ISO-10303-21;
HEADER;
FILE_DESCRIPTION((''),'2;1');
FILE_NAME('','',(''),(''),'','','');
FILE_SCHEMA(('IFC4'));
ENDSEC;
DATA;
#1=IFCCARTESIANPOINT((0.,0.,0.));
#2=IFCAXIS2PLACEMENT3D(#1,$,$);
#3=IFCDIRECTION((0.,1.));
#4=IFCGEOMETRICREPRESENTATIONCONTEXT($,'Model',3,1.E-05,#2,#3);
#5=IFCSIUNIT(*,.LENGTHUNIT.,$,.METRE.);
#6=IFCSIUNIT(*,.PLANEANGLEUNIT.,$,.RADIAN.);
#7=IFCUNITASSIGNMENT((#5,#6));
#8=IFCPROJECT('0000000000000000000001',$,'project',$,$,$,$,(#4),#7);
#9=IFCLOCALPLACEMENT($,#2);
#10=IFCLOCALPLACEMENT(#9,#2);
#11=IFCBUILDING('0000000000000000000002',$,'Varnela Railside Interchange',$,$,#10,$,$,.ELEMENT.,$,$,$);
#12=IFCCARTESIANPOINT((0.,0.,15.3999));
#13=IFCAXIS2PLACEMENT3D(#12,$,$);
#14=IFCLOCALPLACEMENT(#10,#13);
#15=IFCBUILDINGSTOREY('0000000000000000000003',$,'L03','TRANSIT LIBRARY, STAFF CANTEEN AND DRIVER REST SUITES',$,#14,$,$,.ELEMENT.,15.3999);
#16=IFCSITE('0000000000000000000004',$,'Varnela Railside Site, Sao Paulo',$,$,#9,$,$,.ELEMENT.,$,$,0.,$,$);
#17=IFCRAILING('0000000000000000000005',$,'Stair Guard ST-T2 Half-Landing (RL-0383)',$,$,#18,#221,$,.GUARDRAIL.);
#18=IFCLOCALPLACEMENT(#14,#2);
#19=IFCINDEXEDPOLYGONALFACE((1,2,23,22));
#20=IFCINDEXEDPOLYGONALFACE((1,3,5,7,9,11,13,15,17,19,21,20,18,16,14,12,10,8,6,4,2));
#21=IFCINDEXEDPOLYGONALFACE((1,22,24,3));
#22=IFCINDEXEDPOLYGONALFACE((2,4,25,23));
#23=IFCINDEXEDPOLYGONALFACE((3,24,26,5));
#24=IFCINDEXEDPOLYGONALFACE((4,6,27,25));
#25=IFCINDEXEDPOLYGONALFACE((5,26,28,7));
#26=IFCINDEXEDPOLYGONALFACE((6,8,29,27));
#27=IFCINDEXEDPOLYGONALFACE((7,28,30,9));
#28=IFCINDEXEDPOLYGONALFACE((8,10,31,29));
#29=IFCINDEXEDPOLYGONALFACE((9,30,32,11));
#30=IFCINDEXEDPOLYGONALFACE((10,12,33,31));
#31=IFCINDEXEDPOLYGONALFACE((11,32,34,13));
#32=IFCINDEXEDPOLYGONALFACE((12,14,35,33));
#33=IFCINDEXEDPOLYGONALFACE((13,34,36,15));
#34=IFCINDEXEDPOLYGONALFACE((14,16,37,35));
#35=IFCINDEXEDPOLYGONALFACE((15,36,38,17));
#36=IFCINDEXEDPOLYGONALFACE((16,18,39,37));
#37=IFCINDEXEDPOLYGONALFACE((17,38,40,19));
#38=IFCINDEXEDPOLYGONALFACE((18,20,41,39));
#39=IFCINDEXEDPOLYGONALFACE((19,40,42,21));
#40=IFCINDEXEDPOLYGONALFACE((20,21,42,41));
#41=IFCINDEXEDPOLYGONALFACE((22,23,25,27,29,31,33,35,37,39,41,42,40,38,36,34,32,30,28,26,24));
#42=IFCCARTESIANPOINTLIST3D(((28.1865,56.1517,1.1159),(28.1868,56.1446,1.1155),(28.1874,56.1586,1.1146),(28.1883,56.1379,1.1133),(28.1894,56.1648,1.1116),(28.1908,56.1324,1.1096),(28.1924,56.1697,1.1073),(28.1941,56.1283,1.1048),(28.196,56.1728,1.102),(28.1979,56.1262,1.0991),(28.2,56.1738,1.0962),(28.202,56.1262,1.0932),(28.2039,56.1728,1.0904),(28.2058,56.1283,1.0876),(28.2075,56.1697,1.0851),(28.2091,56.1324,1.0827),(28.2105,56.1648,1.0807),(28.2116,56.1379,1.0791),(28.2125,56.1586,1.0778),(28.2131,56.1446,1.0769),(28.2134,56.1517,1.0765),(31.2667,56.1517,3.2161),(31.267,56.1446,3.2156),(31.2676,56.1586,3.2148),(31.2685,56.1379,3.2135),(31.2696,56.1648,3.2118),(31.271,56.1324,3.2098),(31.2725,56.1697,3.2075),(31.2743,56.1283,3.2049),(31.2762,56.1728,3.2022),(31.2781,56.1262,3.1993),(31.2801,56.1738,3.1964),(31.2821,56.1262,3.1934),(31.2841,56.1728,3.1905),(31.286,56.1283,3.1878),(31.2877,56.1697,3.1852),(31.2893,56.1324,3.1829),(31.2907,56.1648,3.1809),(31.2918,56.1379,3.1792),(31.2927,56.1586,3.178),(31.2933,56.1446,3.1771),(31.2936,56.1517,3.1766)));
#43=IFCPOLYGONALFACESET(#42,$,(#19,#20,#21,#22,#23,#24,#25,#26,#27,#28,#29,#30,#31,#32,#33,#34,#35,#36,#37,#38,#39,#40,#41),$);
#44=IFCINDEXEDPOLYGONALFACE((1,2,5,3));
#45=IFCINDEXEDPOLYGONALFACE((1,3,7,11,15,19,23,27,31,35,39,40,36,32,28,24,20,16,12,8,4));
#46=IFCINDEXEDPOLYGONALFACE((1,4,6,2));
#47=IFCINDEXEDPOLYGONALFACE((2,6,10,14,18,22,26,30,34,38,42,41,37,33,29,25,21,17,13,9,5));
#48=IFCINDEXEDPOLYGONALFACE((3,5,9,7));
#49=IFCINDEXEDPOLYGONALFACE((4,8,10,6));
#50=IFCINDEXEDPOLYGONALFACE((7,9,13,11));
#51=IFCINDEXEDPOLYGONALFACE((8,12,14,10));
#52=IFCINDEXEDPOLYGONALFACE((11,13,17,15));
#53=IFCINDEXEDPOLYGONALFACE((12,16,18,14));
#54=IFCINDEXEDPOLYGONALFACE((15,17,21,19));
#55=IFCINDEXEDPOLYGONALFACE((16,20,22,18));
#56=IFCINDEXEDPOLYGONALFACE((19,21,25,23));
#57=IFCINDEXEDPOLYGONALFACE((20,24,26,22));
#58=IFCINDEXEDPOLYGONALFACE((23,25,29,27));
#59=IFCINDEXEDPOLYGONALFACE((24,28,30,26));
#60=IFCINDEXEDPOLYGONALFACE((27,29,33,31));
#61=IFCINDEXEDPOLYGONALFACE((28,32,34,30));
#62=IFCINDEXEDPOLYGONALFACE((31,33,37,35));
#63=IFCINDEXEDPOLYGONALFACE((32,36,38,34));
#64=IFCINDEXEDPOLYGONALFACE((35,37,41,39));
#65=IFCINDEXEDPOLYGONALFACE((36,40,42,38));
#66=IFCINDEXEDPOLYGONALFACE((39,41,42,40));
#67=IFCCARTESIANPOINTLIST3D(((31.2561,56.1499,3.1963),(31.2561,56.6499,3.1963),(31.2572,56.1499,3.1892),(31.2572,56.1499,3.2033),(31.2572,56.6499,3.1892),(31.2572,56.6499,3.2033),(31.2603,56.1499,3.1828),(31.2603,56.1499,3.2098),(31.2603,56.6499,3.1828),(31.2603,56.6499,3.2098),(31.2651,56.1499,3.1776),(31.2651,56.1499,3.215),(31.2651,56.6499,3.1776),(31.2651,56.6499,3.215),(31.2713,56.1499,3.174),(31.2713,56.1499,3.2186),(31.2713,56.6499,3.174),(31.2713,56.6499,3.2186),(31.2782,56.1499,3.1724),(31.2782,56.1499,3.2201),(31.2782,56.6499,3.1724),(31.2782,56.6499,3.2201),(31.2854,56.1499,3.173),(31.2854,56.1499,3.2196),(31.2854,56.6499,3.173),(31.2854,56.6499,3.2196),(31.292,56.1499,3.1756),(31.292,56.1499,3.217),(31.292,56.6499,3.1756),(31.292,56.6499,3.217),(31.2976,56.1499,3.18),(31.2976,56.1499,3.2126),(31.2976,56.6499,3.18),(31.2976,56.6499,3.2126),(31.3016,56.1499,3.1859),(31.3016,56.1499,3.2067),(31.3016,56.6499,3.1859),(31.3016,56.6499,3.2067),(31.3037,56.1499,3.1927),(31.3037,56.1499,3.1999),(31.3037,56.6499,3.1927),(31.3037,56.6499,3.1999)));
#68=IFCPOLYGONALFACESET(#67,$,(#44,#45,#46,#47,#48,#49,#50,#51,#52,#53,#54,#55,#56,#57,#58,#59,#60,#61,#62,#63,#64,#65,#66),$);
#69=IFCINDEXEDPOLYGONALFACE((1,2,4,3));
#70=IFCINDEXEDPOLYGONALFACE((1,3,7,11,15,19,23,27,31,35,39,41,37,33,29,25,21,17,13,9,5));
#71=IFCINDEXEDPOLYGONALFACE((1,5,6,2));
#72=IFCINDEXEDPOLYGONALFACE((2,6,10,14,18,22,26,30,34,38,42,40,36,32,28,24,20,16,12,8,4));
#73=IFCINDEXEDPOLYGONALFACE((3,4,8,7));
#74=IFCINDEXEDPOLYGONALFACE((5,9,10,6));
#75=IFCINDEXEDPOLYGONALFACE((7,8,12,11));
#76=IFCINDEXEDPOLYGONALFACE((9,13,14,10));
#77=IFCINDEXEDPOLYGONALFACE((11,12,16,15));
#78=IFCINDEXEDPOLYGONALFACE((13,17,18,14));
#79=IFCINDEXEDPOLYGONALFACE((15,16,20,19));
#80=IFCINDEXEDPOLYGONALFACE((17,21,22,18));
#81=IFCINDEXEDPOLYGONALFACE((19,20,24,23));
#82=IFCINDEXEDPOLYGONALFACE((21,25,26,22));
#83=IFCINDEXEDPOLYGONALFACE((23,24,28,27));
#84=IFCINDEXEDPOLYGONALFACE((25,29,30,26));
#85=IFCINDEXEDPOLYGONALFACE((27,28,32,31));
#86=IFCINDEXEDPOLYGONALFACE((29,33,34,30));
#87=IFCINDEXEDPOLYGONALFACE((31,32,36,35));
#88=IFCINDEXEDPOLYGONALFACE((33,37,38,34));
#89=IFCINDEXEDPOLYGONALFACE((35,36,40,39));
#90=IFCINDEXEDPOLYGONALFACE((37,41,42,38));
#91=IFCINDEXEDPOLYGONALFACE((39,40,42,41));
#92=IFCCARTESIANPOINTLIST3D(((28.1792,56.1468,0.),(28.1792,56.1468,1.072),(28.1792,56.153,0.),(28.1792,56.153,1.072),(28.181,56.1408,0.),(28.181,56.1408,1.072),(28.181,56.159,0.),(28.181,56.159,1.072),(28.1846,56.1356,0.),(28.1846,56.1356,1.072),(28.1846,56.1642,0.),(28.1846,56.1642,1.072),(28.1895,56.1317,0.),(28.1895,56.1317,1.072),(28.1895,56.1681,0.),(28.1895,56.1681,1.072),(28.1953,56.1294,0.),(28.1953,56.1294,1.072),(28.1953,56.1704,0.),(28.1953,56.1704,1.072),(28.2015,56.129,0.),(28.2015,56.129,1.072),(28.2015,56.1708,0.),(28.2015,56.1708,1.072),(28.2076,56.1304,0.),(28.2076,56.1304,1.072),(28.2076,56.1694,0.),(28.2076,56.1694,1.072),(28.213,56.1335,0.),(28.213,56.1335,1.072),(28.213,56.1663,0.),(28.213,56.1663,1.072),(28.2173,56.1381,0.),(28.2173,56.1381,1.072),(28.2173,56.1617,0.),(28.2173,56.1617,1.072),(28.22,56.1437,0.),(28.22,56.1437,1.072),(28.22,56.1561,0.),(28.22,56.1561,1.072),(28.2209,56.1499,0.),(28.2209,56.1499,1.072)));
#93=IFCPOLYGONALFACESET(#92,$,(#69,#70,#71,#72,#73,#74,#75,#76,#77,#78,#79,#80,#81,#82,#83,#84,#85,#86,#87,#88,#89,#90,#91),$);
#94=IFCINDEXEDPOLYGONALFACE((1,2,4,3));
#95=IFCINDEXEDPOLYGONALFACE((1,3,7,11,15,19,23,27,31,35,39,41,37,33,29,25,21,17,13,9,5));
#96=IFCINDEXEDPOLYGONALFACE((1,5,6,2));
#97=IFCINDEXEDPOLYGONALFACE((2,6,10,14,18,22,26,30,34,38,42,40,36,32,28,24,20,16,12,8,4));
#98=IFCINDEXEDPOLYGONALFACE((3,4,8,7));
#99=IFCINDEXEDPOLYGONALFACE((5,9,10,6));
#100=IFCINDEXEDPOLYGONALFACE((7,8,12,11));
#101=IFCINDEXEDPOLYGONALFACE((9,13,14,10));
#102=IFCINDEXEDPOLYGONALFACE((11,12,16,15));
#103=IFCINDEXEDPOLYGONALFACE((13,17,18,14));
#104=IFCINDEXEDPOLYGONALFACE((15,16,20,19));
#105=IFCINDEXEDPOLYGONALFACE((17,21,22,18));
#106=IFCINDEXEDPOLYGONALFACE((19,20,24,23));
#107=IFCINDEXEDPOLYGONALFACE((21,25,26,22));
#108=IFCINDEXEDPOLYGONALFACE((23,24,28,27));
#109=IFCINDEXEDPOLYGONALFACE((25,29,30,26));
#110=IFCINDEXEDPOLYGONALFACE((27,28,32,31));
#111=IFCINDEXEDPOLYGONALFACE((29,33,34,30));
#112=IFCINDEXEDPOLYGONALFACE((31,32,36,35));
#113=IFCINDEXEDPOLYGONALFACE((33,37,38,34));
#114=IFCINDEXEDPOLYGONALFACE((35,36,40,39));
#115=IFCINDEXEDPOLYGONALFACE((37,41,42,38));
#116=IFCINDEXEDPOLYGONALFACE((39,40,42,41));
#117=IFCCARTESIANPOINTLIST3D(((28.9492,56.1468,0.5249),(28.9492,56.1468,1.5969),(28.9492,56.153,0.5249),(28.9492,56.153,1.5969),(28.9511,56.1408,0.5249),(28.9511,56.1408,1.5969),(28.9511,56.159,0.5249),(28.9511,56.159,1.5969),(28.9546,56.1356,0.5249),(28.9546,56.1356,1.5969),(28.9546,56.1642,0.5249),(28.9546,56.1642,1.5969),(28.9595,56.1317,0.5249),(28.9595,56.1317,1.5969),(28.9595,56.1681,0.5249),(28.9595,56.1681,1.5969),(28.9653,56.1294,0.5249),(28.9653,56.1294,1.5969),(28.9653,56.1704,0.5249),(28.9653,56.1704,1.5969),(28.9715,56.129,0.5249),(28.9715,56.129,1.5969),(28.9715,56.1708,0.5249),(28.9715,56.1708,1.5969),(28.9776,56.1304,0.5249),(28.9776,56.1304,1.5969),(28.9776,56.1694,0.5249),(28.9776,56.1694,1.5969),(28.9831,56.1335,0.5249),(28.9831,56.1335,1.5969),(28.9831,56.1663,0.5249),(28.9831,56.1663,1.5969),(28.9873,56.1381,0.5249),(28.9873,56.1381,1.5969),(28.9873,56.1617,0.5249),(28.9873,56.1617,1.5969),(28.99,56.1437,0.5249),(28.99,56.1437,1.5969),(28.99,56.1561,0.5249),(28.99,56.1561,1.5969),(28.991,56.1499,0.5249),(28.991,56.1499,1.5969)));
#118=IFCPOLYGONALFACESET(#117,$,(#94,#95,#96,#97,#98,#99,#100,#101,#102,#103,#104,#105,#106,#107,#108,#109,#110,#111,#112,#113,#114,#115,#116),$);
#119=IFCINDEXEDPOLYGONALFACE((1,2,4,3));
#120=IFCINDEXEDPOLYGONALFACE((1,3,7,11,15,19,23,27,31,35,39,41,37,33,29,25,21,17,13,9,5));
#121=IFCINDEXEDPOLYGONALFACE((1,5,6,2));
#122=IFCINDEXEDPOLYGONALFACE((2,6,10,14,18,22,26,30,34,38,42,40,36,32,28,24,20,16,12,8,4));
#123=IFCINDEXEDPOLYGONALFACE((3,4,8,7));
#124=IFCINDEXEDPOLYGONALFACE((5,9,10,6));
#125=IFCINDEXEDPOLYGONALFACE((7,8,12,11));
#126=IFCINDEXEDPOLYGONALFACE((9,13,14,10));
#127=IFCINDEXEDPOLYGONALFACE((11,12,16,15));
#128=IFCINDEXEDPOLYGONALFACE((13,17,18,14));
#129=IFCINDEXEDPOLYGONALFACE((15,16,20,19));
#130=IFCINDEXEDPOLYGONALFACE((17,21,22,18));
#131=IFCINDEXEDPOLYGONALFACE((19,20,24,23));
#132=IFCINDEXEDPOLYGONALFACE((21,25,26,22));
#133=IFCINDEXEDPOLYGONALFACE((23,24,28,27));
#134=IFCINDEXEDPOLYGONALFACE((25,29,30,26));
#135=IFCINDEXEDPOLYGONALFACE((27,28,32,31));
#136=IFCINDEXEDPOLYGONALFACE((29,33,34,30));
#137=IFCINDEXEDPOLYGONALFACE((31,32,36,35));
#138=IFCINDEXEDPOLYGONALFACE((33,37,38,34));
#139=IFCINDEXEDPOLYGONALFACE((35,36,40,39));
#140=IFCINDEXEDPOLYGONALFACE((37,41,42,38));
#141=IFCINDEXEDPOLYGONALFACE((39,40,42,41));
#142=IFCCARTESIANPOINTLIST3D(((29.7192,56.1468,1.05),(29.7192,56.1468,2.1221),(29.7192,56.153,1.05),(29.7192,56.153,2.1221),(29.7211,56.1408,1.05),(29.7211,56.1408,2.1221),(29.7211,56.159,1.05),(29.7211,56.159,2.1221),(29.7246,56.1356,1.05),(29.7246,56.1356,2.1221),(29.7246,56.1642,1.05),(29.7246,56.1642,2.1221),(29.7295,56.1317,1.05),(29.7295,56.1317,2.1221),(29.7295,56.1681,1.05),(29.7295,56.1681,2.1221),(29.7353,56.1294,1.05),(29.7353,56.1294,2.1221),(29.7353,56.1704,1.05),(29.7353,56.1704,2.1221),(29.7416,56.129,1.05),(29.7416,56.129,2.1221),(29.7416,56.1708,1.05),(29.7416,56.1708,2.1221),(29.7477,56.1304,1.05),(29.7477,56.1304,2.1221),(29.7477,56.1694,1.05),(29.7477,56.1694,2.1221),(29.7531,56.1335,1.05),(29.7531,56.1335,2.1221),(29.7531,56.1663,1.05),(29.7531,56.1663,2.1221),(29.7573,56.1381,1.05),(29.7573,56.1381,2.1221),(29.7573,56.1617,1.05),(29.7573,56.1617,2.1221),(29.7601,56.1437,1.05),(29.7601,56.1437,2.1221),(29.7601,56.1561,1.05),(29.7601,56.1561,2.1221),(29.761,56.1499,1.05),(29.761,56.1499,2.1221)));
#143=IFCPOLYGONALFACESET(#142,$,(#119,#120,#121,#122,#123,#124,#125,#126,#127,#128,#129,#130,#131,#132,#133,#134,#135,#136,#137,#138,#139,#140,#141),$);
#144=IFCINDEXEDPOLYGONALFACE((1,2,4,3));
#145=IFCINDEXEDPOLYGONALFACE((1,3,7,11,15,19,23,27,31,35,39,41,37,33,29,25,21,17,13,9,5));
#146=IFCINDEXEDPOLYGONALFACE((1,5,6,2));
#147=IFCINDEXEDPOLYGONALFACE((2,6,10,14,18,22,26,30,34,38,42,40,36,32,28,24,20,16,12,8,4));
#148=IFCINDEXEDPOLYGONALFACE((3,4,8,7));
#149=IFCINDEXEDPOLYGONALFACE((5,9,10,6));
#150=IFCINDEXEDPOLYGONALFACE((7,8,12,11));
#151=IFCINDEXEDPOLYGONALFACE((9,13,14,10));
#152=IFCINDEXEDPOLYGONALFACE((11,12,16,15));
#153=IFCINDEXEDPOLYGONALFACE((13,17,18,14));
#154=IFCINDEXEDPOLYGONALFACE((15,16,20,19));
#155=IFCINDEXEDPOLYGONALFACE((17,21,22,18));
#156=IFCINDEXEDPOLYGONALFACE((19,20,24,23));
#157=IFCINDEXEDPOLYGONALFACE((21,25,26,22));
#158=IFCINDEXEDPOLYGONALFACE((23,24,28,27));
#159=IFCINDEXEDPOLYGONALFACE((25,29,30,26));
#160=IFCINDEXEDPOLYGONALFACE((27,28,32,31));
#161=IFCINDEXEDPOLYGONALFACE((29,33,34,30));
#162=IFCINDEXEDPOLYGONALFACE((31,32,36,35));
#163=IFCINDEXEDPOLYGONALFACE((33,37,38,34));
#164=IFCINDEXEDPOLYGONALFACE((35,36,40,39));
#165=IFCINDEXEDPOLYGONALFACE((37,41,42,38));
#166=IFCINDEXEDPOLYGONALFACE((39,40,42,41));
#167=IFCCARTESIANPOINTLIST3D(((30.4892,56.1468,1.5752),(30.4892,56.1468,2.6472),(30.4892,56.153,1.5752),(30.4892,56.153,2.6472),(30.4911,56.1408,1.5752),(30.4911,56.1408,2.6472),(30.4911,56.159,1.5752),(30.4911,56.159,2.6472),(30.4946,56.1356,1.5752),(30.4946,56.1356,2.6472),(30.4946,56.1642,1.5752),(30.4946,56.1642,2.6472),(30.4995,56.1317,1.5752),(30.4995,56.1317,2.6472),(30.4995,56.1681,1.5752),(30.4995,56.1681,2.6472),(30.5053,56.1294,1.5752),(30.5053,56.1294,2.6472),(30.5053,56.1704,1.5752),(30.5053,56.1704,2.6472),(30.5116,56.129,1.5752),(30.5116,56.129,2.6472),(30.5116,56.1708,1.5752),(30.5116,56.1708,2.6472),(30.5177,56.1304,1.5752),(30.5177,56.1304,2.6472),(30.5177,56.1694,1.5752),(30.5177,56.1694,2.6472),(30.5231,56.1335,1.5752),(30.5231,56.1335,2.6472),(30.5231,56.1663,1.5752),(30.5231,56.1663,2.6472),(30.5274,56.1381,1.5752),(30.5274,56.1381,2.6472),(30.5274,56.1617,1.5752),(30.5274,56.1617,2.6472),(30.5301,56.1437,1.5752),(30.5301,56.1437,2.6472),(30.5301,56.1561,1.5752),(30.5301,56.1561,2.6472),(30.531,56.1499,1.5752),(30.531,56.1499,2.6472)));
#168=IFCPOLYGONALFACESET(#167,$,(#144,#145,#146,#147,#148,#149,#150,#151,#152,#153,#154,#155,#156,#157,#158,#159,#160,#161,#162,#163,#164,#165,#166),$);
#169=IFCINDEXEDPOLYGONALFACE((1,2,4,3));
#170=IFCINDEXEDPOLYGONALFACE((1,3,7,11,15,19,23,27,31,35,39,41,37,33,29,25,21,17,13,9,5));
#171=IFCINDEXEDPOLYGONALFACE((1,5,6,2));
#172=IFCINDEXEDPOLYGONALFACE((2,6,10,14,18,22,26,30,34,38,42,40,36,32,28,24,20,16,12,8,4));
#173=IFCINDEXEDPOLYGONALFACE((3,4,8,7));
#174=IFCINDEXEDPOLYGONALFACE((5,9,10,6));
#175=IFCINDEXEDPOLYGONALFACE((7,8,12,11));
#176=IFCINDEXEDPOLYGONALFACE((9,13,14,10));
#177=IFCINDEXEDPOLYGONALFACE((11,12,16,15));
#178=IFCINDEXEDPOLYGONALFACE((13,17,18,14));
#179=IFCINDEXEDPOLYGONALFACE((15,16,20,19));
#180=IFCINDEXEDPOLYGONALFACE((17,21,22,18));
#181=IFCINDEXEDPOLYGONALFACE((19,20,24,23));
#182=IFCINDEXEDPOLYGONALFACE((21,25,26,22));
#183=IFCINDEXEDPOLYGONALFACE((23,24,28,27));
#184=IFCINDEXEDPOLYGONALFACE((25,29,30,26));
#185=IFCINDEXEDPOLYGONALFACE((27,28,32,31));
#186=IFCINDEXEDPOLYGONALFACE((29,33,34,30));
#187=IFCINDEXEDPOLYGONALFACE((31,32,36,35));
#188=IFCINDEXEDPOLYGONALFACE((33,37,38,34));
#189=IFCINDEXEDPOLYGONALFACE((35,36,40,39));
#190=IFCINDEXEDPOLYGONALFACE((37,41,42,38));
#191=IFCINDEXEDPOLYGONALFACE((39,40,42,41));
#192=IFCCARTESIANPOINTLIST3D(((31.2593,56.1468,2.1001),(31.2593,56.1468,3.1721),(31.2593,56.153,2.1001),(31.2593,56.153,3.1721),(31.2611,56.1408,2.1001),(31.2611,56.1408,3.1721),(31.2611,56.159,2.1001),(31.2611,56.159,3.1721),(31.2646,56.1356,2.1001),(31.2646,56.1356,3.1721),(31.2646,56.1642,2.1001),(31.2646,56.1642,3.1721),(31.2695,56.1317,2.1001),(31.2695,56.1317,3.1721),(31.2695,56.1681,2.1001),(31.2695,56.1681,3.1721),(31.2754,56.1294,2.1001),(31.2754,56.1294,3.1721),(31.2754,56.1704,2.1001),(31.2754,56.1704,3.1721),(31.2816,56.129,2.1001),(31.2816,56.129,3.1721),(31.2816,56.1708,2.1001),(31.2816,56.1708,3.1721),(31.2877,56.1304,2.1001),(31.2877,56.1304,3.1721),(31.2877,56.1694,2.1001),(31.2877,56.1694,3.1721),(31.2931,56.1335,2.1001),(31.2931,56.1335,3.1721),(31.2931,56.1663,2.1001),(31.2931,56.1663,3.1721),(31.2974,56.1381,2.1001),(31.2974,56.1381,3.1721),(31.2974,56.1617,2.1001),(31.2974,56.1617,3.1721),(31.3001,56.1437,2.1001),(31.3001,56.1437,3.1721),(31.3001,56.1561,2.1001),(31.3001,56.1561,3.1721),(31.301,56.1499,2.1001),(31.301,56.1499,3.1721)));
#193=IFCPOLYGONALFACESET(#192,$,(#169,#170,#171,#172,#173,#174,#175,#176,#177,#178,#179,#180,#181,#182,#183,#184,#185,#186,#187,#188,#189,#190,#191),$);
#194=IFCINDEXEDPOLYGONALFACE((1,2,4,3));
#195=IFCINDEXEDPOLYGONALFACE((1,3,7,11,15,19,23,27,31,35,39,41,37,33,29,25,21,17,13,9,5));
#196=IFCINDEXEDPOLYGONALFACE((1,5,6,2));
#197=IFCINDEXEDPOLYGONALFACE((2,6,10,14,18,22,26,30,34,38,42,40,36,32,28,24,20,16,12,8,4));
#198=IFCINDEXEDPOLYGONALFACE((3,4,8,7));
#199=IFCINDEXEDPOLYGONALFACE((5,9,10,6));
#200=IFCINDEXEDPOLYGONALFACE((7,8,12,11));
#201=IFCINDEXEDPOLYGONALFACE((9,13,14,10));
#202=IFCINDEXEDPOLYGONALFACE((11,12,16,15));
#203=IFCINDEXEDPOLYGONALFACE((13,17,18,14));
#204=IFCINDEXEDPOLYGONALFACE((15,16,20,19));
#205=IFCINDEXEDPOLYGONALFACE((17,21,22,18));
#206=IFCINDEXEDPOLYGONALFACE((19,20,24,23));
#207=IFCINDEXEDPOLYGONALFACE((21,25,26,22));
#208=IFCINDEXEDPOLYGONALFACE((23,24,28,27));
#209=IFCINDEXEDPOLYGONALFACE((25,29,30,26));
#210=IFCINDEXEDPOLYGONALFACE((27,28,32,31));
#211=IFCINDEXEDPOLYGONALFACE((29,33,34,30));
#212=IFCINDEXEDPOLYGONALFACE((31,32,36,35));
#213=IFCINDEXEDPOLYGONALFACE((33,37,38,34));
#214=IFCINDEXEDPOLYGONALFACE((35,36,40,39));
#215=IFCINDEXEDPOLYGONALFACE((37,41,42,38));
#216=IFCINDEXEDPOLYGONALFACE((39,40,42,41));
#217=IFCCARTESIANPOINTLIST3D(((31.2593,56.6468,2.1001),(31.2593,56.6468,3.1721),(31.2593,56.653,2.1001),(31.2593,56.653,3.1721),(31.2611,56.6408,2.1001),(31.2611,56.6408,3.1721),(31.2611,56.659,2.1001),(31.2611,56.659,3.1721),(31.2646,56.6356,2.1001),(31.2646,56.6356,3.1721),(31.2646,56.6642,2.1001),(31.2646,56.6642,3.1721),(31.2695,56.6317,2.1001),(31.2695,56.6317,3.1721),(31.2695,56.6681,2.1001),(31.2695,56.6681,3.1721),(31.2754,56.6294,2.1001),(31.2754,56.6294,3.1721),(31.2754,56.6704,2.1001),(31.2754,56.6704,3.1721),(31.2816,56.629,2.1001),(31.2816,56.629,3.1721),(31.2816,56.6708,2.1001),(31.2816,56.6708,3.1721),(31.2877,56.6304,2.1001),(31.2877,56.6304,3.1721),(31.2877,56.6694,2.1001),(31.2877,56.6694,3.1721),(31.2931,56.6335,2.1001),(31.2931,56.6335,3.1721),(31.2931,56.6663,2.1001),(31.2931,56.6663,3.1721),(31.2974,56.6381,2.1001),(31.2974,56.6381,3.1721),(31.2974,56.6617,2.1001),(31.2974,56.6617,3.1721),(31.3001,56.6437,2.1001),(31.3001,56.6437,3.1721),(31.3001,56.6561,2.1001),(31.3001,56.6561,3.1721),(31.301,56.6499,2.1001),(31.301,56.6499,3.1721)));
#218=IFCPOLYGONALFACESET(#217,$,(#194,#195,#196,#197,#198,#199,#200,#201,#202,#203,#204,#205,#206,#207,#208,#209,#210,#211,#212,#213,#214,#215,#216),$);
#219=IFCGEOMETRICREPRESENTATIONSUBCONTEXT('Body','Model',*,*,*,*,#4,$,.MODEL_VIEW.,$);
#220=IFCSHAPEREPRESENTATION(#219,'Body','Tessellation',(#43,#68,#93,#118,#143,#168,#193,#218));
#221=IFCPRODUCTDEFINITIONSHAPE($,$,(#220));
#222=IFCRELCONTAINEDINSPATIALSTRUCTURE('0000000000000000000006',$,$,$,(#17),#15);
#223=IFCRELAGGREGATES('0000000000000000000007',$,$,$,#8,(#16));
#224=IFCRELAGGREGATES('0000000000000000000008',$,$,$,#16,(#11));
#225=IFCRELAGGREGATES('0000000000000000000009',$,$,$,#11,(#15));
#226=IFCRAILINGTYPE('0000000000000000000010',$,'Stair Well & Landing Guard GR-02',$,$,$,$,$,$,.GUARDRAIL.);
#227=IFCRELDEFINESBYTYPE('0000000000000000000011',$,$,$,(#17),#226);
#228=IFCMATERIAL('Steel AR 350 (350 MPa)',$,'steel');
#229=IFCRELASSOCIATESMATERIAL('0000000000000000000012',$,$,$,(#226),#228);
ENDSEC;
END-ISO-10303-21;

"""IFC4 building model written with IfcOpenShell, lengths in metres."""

from ifc_helpers import new_model, si_unit, direction, frame, origin, origin_2d, place, context, subcontext, project, spatial, circle, extrude, material, type_object, element, save


model = new_model("IFC4")

# Units and contexts
model_context = context("Model", 3, precision=1e-05, world=origin(), true_north=direction((0.0, 1.0)))
body_context = subcontext(model_context, "Body", "Model", "MODEL_VIEW")
ifc_project = project(units=[si_unit("LENGTHUNIT", "METRE"), si_unit("PLANEANGLEUNIT", "RADIAN")], contexts=[model_context])

# Site, building, storey
site_placement = place(None, origin())
site = spatial("IfcSite", under=ifc_project, at=site_placement, Name="Varnela Railside Site, Sao Paulo", CompositionType="ELEMENT", RefElevation=0.0)
building_placement = place(site_placement, origin())
building = spatial("IfcBuilding", under=site, at=building_placement, Name="Varnela Railside Interchange", CompositionType="ELEMENT")
storey_placement = place(building_placement, frame((0.0, 0.0, 15.3999)))
storey = spatial("IfcBuildingStorey", under=building, at=storey_placement, Name="L03", Description="TRANSIT LIBRARY, STAFF CANTEEN AND DRIVER REST SUITES", CompositionType="ELEMENT", Elevation=15.3999)

# Shared definitions
ifc_material_1 = material(Name="Steel AR 350 (350 MPa)", Category="steel")

# Railing
railing_type_1 = type_object("IfcRailingType", Name="Stair Well & Landing Guard GR-02", PredefinedType="GUARDRAIL", material=ifc_material_1)
railing_1_placement = place(storey_placement, frame((28.2, 56.1499, 0.0)))
element("IfcRailing", 1, at=railing_1_placement, inside=storey, type_object=railing_type_1, Name="Stair Guard ST-T2 Half-Landing (RL-0383)", PredefinedType="GUARDRAIL", context=body_context, shape_type="SweptSolid", body=[
    extrude(circle(Radius=0.0239, at=origin_2d()), frame((0.0, 0.0, 1.0962), z_axis=(0.826222, 0.0, 0.563345), x_axis=(0.0, 1.0, 0.0)), (0.0, 0.0, 1.0), 3.728),
    extrude(circle(Radius=0.0239, at=origin_2d()), frame((3.0801, 0.0, 3.1963), z_axis=(0.0, 1.0, 0.0), x_axis=(-1.0, 0.0, 0.0)), (0.0, 0.0, 1.0), 0.5),
    extrude(circle(Radius=0.021, at=origin_2d()), origin(), (0.0, 0.0, 1.0), 1.072),
    extrude(circle(Radius=0.021, at=origin_2d()), frame((0.77, 0.0, 0.5249)), (0.0, 0.0, 1.0), 1.072),
    extrude(circle(Radius=0.021, at=origin_2d()), frame((1.54, 0.0, 1.05)), (0.0, 0.0, 1.0), 1.072),
    extrude(circle(Radius=0.021, at=origin_2d()), frame((2.3101, 0.0, 1.5752)), (0.0, 0.0, 1.0), 1.072),
    extrude(circle(Radius=0.021, at=origin_2d()), frame((3.0801, 0.0, 2.1001)), (0.0, 0.0, 1.0), 1.072),
    extrude(circle(Radius=0.021, at=origin_2d()), frame((3.0801, 0.5, 2.1001)), (0.0, 0.0, 1.0), 1.072),
])

save(model, "model.ifc")
